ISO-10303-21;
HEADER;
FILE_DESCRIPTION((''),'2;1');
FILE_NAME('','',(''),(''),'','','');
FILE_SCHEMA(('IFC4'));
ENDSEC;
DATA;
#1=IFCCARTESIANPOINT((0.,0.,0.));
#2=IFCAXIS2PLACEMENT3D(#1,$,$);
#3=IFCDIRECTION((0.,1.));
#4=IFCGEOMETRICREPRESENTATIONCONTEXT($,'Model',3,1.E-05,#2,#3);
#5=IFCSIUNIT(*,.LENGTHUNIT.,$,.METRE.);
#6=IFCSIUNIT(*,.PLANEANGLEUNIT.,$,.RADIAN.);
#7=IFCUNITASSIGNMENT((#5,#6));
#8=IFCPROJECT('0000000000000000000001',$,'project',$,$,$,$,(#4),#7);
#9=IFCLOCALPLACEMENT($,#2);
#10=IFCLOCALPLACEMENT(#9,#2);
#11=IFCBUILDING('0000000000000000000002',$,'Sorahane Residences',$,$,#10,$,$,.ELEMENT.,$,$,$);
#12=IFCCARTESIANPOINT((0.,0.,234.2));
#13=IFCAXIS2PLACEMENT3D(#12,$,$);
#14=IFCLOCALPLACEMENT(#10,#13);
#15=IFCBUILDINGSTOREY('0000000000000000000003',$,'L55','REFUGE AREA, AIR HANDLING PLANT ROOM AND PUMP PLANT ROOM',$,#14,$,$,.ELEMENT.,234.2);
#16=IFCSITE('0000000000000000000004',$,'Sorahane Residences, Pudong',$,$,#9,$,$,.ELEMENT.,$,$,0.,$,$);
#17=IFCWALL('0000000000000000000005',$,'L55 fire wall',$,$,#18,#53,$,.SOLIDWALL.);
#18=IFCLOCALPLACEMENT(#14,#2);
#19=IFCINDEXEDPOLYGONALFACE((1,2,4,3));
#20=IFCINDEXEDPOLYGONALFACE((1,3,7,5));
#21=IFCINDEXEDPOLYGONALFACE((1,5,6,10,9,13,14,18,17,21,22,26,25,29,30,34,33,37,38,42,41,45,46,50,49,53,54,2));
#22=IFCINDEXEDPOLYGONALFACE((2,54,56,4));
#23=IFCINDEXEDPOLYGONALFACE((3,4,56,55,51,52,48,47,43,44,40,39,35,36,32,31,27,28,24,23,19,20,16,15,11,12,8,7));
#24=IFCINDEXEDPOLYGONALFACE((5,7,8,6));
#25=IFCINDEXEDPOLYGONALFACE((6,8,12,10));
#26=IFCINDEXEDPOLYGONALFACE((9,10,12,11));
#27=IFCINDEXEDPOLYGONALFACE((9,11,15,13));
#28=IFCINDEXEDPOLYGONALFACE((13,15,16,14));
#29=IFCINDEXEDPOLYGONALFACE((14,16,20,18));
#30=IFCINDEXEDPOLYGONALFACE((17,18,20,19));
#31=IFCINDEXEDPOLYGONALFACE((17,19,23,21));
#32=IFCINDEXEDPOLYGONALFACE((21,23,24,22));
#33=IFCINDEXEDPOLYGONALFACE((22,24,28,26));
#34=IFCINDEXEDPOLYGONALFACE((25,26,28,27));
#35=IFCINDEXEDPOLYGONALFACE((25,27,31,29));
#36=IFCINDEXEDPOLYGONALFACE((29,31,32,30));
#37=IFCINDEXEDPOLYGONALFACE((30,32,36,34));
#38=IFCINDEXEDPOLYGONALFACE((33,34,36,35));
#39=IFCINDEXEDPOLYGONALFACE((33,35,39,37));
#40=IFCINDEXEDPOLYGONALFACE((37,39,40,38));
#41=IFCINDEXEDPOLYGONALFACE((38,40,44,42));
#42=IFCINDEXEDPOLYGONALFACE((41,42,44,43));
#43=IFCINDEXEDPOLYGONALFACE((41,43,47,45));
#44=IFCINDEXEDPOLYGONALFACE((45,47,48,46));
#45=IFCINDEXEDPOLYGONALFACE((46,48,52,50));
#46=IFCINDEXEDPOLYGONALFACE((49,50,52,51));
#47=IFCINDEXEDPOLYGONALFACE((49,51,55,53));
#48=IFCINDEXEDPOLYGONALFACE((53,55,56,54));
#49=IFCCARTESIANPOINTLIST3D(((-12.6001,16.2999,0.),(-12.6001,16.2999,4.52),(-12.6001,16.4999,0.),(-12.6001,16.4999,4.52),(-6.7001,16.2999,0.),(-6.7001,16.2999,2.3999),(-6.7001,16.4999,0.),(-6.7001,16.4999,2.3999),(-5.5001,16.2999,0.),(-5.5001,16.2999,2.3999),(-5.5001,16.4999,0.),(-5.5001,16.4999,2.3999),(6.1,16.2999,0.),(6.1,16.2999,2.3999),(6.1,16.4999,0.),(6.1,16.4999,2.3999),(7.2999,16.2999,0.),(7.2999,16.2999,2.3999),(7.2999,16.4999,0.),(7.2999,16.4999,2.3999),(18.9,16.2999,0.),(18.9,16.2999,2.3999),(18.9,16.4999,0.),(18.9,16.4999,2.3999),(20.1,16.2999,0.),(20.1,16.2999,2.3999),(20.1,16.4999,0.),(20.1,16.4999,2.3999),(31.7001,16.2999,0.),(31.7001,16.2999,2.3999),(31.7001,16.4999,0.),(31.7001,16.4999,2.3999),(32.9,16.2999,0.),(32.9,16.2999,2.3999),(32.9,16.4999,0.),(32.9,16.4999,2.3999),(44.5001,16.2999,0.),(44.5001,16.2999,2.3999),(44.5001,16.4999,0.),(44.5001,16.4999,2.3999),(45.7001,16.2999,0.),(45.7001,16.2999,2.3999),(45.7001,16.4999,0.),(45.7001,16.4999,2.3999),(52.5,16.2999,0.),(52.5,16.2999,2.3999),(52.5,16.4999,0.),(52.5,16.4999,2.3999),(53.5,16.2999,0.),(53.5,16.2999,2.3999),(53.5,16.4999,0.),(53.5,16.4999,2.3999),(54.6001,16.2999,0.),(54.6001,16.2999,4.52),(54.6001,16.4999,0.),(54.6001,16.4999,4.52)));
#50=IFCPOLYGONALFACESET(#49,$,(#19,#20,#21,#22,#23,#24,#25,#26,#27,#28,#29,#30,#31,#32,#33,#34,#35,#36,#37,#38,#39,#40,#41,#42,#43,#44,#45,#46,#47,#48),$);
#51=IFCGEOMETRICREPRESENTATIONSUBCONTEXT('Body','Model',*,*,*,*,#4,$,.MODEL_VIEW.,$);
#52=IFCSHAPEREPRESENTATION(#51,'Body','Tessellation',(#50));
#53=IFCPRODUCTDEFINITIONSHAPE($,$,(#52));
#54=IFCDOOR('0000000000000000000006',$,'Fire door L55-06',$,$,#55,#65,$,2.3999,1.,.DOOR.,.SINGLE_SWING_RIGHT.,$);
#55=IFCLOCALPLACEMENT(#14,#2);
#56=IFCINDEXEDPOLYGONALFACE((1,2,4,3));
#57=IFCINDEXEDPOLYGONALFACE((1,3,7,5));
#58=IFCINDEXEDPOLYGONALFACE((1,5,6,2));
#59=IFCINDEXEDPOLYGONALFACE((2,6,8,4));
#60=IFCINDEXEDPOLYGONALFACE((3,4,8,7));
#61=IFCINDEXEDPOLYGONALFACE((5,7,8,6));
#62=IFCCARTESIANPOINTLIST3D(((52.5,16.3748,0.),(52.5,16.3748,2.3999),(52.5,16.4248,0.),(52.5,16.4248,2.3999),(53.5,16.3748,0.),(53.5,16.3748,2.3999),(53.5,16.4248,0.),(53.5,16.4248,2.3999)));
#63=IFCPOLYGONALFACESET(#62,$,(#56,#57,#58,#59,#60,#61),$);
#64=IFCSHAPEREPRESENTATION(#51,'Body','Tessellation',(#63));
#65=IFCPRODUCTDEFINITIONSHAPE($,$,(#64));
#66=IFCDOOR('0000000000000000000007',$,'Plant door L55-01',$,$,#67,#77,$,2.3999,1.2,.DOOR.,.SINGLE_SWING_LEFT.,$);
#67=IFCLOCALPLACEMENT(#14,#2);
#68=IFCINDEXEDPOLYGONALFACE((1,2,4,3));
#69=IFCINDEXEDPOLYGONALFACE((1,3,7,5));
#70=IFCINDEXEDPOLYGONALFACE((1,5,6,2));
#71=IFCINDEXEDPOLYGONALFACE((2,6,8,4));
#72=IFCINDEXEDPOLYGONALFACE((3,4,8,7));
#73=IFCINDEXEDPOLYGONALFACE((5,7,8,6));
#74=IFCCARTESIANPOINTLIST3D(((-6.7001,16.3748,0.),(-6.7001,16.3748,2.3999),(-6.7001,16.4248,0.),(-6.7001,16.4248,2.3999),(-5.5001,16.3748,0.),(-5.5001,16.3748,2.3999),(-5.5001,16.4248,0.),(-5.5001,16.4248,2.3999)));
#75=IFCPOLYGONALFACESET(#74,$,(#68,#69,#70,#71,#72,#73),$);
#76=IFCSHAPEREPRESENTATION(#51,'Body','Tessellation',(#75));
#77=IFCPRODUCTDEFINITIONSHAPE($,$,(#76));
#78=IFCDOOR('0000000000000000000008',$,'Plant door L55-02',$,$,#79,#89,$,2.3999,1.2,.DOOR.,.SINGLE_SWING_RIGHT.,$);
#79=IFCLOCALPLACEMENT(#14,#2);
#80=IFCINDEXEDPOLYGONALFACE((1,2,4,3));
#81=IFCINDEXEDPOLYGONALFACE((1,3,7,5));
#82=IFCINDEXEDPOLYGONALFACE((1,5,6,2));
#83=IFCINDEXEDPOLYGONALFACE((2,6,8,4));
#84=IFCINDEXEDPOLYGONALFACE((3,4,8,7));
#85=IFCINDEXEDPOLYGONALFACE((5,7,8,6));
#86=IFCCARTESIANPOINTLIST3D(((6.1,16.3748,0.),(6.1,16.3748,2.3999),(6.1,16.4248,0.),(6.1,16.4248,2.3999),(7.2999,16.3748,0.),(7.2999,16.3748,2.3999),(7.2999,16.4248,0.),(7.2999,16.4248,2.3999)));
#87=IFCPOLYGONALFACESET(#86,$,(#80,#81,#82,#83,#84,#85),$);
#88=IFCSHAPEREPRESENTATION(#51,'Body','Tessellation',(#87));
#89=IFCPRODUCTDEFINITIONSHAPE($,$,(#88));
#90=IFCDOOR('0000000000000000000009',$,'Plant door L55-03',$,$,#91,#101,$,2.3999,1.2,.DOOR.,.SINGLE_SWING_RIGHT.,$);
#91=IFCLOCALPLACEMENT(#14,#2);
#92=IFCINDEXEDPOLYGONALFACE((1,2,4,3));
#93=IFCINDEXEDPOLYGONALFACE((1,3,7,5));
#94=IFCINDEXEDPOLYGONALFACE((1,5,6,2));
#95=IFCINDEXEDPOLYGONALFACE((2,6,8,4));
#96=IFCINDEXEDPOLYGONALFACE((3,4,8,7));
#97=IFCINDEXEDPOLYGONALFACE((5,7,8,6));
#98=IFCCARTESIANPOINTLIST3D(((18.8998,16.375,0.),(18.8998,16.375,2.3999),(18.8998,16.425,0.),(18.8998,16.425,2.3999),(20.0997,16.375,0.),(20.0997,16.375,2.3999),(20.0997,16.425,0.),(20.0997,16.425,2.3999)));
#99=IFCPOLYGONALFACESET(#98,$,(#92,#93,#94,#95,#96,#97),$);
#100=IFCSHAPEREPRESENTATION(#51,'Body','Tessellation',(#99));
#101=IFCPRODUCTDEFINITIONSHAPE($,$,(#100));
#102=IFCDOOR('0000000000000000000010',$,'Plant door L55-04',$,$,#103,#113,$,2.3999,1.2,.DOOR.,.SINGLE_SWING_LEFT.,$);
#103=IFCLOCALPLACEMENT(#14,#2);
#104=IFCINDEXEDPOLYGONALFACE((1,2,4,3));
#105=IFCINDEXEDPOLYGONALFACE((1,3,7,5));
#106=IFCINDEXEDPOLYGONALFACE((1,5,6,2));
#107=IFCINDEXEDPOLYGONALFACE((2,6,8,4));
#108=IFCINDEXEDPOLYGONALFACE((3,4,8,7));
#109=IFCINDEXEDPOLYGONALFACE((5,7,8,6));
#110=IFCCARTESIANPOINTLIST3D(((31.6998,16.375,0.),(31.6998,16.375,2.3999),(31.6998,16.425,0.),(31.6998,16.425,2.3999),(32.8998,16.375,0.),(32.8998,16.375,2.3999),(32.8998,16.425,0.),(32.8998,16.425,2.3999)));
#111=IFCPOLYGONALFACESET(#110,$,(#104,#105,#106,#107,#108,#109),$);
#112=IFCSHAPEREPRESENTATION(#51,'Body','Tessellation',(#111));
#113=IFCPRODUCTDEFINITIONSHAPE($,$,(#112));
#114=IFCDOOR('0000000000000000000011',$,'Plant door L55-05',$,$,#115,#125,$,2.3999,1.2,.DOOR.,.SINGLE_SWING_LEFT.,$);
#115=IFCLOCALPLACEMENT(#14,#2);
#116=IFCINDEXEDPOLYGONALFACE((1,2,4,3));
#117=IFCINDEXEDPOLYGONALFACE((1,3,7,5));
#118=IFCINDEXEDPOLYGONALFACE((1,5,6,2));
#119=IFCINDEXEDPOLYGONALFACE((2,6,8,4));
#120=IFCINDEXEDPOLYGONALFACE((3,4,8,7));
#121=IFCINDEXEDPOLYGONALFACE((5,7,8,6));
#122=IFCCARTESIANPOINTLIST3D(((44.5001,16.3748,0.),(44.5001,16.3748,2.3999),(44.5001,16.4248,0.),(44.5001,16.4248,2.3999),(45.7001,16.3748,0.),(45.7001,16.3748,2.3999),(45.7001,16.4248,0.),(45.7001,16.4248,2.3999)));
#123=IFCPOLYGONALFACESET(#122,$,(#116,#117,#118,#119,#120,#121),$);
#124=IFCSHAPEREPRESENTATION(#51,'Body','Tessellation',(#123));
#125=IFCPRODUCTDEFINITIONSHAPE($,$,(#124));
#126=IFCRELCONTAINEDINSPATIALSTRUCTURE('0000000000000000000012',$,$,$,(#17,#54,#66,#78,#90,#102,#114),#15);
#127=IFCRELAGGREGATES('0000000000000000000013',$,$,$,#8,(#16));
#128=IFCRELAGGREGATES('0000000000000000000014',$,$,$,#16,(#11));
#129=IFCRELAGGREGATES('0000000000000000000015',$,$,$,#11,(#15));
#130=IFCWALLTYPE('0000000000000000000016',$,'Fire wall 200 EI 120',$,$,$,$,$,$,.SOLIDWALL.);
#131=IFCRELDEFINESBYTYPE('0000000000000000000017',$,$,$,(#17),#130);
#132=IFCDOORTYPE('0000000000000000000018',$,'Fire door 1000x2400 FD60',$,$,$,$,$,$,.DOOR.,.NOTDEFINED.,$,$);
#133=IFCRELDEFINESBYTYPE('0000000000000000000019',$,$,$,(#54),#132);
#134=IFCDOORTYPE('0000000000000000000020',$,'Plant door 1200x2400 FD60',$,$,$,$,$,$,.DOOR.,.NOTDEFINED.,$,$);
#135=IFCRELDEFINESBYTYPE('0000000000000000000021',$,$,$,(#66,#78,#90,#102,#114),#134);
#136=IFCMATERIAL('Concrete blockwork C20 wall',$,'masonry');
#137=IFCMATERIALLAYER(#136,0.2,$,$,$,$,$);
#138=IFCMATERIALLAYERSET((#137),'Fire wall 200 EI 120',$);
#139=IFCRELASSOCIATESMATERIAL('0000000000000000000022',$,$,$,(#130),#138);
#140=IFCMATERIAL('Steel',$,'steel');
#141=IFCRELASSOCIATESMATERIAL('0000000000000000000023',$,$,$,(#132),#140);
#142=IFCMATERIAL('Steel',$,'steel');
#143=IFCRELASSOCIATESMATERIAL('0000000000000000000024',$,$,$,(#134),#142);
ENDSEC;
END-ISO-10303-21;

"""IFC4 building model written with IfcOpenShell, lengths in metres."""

from ifc_helpers import new_model, si_unit, direction, frame, frame_2d, origin, place, context, subcontext, project, spatial, rectangle, extrude, material, layer, layer_set, type_object, element, fill, save


model = new_model("IFC4")

# Units and contexts
model_context = context("Model", 3, precision=1e-05, world=origin(), true_north=direction((0.0, 1.0)))
body_context = subcontext(model_context, "Body", "Model", "MODEL_VIEW")
ifc_project = project(units=[si_unit("LENGTHUNIT", "METRE"), si_unit("PLANEANGLEUNIT", "RADIAN")], contexts=[model_context])

# Site, building, storey
site_placement = place(None, origin())
site = spatial("IfcSite", under=ifc_project, at=site_placement, Name="Sorahane Residences, Pudong", CompositionType="ELEMENT", RefElevation=0.0)
building_placement = place(site_placement, origin())
building = spatial("IfcBuilding", under=site, at=building_placement, Name="Sorahane Residences", CompositionType="ELEMENT")
storey_placement = place(building_placement, frame((0.0, 0.0, 234.2)))
storey = spatial("IfcBuildingStorey", under=building, at=storey_placement, Name="L55", Description="REFUGE AREA, AIR HANDLING PLANT ROOM AND PUMP PLANT ROOM", CompositionType="ELEMENT", Elevation=234.2)

# Wall, openings, doors
ifc_material_1 = material(Name="Concrete blockwork C20 wall", Category="masonry")
ifc_layer_1 = layer(ifc_material_1, 0.2)
ifc_layer_set_1 = layer_set([ifc_layer_1], Name="Fire wall 200 EI 120")
wall_type_1 = type_object("IfcWallType", Name="Fire wall 200 EI 120", PredefinedType="SOLIDWALL", material=ifc_layer_set_1)
wall_1_placement = place(storey_placement, frame((-12.6001, 16.3999, 0.0), z_axis=(0.0, 0.0, 1.0), x_axis=(1.0, 0.0, 0.0)))
wall_1 = element("IfcWall", 1, at=wall_1_placement, inside=storey, type_object=wall_type_1, Name="L55 fire wall", PredefinedType="SOLIDWALL", context=body_context, shape_type="SweptSolid", body=[
    extrude(rectangle(XDim=67.2002, YDim=0.2, at=frame_2d((33.6001, 0.0))), origin(), (0.0, 0.0, 1.0), 4.52),
])
opening_1_placement = place(wall_1_placement, frame((5.8999, 0.0, 0.0)))
opening_1 = element("IfcOpeningElement", 2, at=opening_1_placement, cuts=wall_1, PredefinedType="OPENING", context=body_context, shape_type="SweptSolid", body=[
    extrude(rectangle(XDim=1.2, YDim=2.3999, at=frame_2d((0.6001, 1.2))), frame((0.0, 0.1099, 0.0), z_axis=(0.0, -1.0, 0.0), x_axis=(1.0, 0.0, 0.0)), (0.0, 0.0, 1.0), 0.22),
])
opening_2_placement = place(wall_1_placement, frame((18.7, 0.0, 0.0)))
opening_2 = element("IfcOpeningElement", 3, at=opening_2_placement, cuts=wall_1, PredefinedType="OPENING", context=body_context, shape_type="SweptSolid", body=[
    extrude(rectangle(XDim=1.2, YDim=2.3999, at=frame_2d((0.6001, 1.2))), frame((0.0, 0.1099, 0.0), z_axis=(0.0, -1.0, 0.0), x_axis=(1.0, 0.0, 0.0)), (0.0, 0.0, 1.0), 0.22),
])
opening_3_placement = place(wall_1_placement, frame((31.5, 0.0, 0.0)))
opening_3 = element("IfcOpeningElement", 4, at=opening_3_placement, cuts=wall_1, PredefinedType="OPENING", context=body_context, shape_type="SweptSolid", body=[
    extrude(rectangle(XDim=1.2, YDim=2.3999, at=frame_2d((0.6001, 1.2))), frame((0.0, 0.1099, 0.0), z_axis=(0.0, -1.0, 0.0), x_axis=(1.0, 0.0, 0.0)), (0.0, 0.0, 1.0), 0.22),
])
opening_4_placement = place(wall_1_placement, frame((44.3, 0.0, 0.0)))
opening_4 = element("IfcOpeningElement", 5, at=opening_4_placement, cuts=wall_1, PredefinedType="OPENING", context=body_context, shape_type="SweptSolid", body=[
    extrude(rectangle(XDim=1.2, YDim=2.3999, at=frame_2d((0.6001, 1.2))), frame((0.0, 0.1099, 0.0), z_axis=(0.0, -1.0, 0.0), x_axis=(1.0, 0.0, 0.0)), (0.0, 0.0, 1.0), 0.22),
])
opening_5_placement = place(wall_1_placement, frame((57.1001, 0.0, 0.0)))
opening_5 = element("IfcOpeningElement", 6, at=opening_5_placement, cuts=wall_1, PredefinedType="OPENING", context=body_context, shape_type="SweptSolid", body=[
    extrude(rectangle(XDim=1.2, YDim=2.3999, at=frame_2d((0.6001, 1.2))), frame((0.0, 0.1099, 0.0), z_axis=(0.0, -1.0, 0.0), x_axis=(1.0, 0.0, 0.0)), (0.0, 0.0, 1.0), 0.22),
])
opening_6_placement = place(wall_1_placement, frame((65.1001, 0.0, 0.0)))
opening_6 = element("IfcOpeningElement", 7, at=opening_6_placement, cuts=wall_1, PredefinedType="OPENING", context=body_context, shape_type="SweptSolid", body=[
    extrude(rectangle(XDim=1.0, YDim=2.3999, at=frame_2d((0.5, 1.2))), frame((0.0, 0.1099, 0.0), z_axis=(0.0, -1.0, 0.0), x_axis=(1.0, 0.0, 0.0)), (0.0, 0.0, 1.0), 0.22),
])
ifc_material_2 = material(Name="Steel", Category="steel")
door_type_1 = type_object("IfcDoorType", Name="Fire door 1000x2400 FD60", OperationType="NOTDEFINED", PredefinedType="DOOR", material=ifc_material_2)
door_1_placement = place(opening_6_placement, origin())
door_1 = element("IfcDoor", 8, at=door_1_placement, inside=storey, type_object=door_type_1, Name="Fire door L55-06", OperationType="SINGLE_SWING_RIGHT", OverallHeight=2.3999, OverallWidth=1.0, PredefinedType="DOOR", context=body_context, shape_type="SweptSolid", body=[
    extrude(rectangle(XDim=1.0, YDim=2.3999, at=frame_2d((0.5, 1.2))), frame((0.0, 0.0249, 0.0), z_axis=(0.0, -1.0, 0.0), x_axis=(1.0, 0.0, 0.0)), (0.0, 0.0, 1.0), 0.05),
])
fill(opening_6, door_1)
ifc_material_3 = material(Name="Steel", Category="steel")
door_type_2 = type_object("IfcDoorType", Name="Plant door 1200x2400 FD60", OperationType="NOTDEFINED", PredefinedType="DOOR", material=ifc_material_3)
door_2_placement = place(opening_1_placement, origin())
door_2 = element("IfcDoor", 9, at=door_2_placement, inside=storey, type_object=door_type_2, Name="Plant door L55-01", OperationType="SINGLE_SWING_LEFT", OverallHeight=2.3999, OverallWidth=1.2, PredefinedType="DOOR", context=body_context, shape_type="SweptSolid", body=[
    extrude(rectangle(XDim=1.2, YDim=2.3999, at=frame_2d((0.6001, 1.2))), frame((0.0, 0.0249, 0.0), z_axis=(0.0, -1.0, 0.0), x_axis=(1.0, 0.0, 0.0)), (0.0, 0.0, 1.0), 0.05),
])
fill(opening_1, door_2)
door_3_placement = place(opening_2_placement, origin())
door_3 = element("IfcDoor", 10, at=door_3_placement, inside=storey, type_object=door_type_2, Name="Plant door L55-02", OperationType="SINGLE_SWING_RIGHT", OverallHeight=2.3999, OverallWidth=1.2, PredefinedType="DOOR", context=body_context, shape_type="SweptSolid", body=[
    extrude(rectangle(XDim=1.2, YDim=2.3999, at=frame_2d((0.6001, 1.2))), frame((0.0, 0.0249, 0.0), z_axis=(0.0, -1.0, 0.0), x_axis=(1.0, 0.0, 0.0)), (0.0, 0.0, 1.0), 0.05),
])
fill(opening_2, door_3)
door_4_placement = place(opening_3_placement, frame((1.2, 0.0, 0.0), z_axis=(0.0, 0.0, 1.0), x_axis=(-1.0, 0.0, 0.0)))
door_4 = element("IfcDoor", 11, at=door_4_placement, inside=storey, type_object=door_type_2, Name="Plant door L55-03", OperationType="SINGLE_SWING_RIGHT", OverallHeight=2.3999, OverallWidth=1.2, PredefinedType="DOOR", context=body_context, shape_type="SweptSolid", body=[
    extrude(rectangle(XDim=1.2, YDim=2.3999, at=frame_2d((0.6001, 1.2))), frame((0.0, 0.0249, 0.0), z_axis=(0.0, -1.0, 0.0), x_axis=(1.0, 0.0, 0.0)), (0.0, 0.0, 1.0), 0.05),
])
fill(opening_3, door_4)
door_5_placement = place(opening_4_placement, frame((1.2, 0.0, 0.0), z_axis=(0.0, 0.0, 1.0), x_axis=(-1.0, 0.0, 0.0)))
door_5 = element("IfcDoor", 12, at=door_5_placement, inside=storey, type_object=door_type_2, Name="Plant door L55-04", OperationType="SINGLE_SWING_LEFT", OverallHeight=2.3999, OverallWidth=1.2, PredefinedType="DOOR", context=body_context, shape_type="SweptSolid", body=[
    extrude(rectangle(XDim=1.2, YDim=2.3999, at=frame_2d((0.6001, 1.2))), frame((0.0, 0.0249, 0.0), z_axis=(0.0, -1.0, 0.0), x_axis=(1.0, 0.0, 0.0)), (0.0, 0.0, 1.0), 0.05),
])
fill(opening_4, door_5)
door_6_placement = place(opening_5_placement, origin())
door_6 = element("IfcDoor", 13, at=door_6_placement, inside=storey, type_object=door_type_2, Name="Plant door L55-05", OperationType="SINGLE_SWING_LEFT", OverallHeight=2.3999, OverallWidth=1.2, PredefinedType="DOOR", context=body_context, shape_type="SweptSolid", body=[
    extrude(rectangle(XDim=1.2, YDim=2.3999, at=frame_2d((0.6001, 1.2))), frame((0.0, 0.0249, 0.0), z_axis=(0.0, -1.0, 0.0), x_axis=(1.0, 0.0, 0.0)), (0.0, 0.0, 1.0), 0.05),
])
fill(opening_5, door_6)

save(model, "model.ifc")
